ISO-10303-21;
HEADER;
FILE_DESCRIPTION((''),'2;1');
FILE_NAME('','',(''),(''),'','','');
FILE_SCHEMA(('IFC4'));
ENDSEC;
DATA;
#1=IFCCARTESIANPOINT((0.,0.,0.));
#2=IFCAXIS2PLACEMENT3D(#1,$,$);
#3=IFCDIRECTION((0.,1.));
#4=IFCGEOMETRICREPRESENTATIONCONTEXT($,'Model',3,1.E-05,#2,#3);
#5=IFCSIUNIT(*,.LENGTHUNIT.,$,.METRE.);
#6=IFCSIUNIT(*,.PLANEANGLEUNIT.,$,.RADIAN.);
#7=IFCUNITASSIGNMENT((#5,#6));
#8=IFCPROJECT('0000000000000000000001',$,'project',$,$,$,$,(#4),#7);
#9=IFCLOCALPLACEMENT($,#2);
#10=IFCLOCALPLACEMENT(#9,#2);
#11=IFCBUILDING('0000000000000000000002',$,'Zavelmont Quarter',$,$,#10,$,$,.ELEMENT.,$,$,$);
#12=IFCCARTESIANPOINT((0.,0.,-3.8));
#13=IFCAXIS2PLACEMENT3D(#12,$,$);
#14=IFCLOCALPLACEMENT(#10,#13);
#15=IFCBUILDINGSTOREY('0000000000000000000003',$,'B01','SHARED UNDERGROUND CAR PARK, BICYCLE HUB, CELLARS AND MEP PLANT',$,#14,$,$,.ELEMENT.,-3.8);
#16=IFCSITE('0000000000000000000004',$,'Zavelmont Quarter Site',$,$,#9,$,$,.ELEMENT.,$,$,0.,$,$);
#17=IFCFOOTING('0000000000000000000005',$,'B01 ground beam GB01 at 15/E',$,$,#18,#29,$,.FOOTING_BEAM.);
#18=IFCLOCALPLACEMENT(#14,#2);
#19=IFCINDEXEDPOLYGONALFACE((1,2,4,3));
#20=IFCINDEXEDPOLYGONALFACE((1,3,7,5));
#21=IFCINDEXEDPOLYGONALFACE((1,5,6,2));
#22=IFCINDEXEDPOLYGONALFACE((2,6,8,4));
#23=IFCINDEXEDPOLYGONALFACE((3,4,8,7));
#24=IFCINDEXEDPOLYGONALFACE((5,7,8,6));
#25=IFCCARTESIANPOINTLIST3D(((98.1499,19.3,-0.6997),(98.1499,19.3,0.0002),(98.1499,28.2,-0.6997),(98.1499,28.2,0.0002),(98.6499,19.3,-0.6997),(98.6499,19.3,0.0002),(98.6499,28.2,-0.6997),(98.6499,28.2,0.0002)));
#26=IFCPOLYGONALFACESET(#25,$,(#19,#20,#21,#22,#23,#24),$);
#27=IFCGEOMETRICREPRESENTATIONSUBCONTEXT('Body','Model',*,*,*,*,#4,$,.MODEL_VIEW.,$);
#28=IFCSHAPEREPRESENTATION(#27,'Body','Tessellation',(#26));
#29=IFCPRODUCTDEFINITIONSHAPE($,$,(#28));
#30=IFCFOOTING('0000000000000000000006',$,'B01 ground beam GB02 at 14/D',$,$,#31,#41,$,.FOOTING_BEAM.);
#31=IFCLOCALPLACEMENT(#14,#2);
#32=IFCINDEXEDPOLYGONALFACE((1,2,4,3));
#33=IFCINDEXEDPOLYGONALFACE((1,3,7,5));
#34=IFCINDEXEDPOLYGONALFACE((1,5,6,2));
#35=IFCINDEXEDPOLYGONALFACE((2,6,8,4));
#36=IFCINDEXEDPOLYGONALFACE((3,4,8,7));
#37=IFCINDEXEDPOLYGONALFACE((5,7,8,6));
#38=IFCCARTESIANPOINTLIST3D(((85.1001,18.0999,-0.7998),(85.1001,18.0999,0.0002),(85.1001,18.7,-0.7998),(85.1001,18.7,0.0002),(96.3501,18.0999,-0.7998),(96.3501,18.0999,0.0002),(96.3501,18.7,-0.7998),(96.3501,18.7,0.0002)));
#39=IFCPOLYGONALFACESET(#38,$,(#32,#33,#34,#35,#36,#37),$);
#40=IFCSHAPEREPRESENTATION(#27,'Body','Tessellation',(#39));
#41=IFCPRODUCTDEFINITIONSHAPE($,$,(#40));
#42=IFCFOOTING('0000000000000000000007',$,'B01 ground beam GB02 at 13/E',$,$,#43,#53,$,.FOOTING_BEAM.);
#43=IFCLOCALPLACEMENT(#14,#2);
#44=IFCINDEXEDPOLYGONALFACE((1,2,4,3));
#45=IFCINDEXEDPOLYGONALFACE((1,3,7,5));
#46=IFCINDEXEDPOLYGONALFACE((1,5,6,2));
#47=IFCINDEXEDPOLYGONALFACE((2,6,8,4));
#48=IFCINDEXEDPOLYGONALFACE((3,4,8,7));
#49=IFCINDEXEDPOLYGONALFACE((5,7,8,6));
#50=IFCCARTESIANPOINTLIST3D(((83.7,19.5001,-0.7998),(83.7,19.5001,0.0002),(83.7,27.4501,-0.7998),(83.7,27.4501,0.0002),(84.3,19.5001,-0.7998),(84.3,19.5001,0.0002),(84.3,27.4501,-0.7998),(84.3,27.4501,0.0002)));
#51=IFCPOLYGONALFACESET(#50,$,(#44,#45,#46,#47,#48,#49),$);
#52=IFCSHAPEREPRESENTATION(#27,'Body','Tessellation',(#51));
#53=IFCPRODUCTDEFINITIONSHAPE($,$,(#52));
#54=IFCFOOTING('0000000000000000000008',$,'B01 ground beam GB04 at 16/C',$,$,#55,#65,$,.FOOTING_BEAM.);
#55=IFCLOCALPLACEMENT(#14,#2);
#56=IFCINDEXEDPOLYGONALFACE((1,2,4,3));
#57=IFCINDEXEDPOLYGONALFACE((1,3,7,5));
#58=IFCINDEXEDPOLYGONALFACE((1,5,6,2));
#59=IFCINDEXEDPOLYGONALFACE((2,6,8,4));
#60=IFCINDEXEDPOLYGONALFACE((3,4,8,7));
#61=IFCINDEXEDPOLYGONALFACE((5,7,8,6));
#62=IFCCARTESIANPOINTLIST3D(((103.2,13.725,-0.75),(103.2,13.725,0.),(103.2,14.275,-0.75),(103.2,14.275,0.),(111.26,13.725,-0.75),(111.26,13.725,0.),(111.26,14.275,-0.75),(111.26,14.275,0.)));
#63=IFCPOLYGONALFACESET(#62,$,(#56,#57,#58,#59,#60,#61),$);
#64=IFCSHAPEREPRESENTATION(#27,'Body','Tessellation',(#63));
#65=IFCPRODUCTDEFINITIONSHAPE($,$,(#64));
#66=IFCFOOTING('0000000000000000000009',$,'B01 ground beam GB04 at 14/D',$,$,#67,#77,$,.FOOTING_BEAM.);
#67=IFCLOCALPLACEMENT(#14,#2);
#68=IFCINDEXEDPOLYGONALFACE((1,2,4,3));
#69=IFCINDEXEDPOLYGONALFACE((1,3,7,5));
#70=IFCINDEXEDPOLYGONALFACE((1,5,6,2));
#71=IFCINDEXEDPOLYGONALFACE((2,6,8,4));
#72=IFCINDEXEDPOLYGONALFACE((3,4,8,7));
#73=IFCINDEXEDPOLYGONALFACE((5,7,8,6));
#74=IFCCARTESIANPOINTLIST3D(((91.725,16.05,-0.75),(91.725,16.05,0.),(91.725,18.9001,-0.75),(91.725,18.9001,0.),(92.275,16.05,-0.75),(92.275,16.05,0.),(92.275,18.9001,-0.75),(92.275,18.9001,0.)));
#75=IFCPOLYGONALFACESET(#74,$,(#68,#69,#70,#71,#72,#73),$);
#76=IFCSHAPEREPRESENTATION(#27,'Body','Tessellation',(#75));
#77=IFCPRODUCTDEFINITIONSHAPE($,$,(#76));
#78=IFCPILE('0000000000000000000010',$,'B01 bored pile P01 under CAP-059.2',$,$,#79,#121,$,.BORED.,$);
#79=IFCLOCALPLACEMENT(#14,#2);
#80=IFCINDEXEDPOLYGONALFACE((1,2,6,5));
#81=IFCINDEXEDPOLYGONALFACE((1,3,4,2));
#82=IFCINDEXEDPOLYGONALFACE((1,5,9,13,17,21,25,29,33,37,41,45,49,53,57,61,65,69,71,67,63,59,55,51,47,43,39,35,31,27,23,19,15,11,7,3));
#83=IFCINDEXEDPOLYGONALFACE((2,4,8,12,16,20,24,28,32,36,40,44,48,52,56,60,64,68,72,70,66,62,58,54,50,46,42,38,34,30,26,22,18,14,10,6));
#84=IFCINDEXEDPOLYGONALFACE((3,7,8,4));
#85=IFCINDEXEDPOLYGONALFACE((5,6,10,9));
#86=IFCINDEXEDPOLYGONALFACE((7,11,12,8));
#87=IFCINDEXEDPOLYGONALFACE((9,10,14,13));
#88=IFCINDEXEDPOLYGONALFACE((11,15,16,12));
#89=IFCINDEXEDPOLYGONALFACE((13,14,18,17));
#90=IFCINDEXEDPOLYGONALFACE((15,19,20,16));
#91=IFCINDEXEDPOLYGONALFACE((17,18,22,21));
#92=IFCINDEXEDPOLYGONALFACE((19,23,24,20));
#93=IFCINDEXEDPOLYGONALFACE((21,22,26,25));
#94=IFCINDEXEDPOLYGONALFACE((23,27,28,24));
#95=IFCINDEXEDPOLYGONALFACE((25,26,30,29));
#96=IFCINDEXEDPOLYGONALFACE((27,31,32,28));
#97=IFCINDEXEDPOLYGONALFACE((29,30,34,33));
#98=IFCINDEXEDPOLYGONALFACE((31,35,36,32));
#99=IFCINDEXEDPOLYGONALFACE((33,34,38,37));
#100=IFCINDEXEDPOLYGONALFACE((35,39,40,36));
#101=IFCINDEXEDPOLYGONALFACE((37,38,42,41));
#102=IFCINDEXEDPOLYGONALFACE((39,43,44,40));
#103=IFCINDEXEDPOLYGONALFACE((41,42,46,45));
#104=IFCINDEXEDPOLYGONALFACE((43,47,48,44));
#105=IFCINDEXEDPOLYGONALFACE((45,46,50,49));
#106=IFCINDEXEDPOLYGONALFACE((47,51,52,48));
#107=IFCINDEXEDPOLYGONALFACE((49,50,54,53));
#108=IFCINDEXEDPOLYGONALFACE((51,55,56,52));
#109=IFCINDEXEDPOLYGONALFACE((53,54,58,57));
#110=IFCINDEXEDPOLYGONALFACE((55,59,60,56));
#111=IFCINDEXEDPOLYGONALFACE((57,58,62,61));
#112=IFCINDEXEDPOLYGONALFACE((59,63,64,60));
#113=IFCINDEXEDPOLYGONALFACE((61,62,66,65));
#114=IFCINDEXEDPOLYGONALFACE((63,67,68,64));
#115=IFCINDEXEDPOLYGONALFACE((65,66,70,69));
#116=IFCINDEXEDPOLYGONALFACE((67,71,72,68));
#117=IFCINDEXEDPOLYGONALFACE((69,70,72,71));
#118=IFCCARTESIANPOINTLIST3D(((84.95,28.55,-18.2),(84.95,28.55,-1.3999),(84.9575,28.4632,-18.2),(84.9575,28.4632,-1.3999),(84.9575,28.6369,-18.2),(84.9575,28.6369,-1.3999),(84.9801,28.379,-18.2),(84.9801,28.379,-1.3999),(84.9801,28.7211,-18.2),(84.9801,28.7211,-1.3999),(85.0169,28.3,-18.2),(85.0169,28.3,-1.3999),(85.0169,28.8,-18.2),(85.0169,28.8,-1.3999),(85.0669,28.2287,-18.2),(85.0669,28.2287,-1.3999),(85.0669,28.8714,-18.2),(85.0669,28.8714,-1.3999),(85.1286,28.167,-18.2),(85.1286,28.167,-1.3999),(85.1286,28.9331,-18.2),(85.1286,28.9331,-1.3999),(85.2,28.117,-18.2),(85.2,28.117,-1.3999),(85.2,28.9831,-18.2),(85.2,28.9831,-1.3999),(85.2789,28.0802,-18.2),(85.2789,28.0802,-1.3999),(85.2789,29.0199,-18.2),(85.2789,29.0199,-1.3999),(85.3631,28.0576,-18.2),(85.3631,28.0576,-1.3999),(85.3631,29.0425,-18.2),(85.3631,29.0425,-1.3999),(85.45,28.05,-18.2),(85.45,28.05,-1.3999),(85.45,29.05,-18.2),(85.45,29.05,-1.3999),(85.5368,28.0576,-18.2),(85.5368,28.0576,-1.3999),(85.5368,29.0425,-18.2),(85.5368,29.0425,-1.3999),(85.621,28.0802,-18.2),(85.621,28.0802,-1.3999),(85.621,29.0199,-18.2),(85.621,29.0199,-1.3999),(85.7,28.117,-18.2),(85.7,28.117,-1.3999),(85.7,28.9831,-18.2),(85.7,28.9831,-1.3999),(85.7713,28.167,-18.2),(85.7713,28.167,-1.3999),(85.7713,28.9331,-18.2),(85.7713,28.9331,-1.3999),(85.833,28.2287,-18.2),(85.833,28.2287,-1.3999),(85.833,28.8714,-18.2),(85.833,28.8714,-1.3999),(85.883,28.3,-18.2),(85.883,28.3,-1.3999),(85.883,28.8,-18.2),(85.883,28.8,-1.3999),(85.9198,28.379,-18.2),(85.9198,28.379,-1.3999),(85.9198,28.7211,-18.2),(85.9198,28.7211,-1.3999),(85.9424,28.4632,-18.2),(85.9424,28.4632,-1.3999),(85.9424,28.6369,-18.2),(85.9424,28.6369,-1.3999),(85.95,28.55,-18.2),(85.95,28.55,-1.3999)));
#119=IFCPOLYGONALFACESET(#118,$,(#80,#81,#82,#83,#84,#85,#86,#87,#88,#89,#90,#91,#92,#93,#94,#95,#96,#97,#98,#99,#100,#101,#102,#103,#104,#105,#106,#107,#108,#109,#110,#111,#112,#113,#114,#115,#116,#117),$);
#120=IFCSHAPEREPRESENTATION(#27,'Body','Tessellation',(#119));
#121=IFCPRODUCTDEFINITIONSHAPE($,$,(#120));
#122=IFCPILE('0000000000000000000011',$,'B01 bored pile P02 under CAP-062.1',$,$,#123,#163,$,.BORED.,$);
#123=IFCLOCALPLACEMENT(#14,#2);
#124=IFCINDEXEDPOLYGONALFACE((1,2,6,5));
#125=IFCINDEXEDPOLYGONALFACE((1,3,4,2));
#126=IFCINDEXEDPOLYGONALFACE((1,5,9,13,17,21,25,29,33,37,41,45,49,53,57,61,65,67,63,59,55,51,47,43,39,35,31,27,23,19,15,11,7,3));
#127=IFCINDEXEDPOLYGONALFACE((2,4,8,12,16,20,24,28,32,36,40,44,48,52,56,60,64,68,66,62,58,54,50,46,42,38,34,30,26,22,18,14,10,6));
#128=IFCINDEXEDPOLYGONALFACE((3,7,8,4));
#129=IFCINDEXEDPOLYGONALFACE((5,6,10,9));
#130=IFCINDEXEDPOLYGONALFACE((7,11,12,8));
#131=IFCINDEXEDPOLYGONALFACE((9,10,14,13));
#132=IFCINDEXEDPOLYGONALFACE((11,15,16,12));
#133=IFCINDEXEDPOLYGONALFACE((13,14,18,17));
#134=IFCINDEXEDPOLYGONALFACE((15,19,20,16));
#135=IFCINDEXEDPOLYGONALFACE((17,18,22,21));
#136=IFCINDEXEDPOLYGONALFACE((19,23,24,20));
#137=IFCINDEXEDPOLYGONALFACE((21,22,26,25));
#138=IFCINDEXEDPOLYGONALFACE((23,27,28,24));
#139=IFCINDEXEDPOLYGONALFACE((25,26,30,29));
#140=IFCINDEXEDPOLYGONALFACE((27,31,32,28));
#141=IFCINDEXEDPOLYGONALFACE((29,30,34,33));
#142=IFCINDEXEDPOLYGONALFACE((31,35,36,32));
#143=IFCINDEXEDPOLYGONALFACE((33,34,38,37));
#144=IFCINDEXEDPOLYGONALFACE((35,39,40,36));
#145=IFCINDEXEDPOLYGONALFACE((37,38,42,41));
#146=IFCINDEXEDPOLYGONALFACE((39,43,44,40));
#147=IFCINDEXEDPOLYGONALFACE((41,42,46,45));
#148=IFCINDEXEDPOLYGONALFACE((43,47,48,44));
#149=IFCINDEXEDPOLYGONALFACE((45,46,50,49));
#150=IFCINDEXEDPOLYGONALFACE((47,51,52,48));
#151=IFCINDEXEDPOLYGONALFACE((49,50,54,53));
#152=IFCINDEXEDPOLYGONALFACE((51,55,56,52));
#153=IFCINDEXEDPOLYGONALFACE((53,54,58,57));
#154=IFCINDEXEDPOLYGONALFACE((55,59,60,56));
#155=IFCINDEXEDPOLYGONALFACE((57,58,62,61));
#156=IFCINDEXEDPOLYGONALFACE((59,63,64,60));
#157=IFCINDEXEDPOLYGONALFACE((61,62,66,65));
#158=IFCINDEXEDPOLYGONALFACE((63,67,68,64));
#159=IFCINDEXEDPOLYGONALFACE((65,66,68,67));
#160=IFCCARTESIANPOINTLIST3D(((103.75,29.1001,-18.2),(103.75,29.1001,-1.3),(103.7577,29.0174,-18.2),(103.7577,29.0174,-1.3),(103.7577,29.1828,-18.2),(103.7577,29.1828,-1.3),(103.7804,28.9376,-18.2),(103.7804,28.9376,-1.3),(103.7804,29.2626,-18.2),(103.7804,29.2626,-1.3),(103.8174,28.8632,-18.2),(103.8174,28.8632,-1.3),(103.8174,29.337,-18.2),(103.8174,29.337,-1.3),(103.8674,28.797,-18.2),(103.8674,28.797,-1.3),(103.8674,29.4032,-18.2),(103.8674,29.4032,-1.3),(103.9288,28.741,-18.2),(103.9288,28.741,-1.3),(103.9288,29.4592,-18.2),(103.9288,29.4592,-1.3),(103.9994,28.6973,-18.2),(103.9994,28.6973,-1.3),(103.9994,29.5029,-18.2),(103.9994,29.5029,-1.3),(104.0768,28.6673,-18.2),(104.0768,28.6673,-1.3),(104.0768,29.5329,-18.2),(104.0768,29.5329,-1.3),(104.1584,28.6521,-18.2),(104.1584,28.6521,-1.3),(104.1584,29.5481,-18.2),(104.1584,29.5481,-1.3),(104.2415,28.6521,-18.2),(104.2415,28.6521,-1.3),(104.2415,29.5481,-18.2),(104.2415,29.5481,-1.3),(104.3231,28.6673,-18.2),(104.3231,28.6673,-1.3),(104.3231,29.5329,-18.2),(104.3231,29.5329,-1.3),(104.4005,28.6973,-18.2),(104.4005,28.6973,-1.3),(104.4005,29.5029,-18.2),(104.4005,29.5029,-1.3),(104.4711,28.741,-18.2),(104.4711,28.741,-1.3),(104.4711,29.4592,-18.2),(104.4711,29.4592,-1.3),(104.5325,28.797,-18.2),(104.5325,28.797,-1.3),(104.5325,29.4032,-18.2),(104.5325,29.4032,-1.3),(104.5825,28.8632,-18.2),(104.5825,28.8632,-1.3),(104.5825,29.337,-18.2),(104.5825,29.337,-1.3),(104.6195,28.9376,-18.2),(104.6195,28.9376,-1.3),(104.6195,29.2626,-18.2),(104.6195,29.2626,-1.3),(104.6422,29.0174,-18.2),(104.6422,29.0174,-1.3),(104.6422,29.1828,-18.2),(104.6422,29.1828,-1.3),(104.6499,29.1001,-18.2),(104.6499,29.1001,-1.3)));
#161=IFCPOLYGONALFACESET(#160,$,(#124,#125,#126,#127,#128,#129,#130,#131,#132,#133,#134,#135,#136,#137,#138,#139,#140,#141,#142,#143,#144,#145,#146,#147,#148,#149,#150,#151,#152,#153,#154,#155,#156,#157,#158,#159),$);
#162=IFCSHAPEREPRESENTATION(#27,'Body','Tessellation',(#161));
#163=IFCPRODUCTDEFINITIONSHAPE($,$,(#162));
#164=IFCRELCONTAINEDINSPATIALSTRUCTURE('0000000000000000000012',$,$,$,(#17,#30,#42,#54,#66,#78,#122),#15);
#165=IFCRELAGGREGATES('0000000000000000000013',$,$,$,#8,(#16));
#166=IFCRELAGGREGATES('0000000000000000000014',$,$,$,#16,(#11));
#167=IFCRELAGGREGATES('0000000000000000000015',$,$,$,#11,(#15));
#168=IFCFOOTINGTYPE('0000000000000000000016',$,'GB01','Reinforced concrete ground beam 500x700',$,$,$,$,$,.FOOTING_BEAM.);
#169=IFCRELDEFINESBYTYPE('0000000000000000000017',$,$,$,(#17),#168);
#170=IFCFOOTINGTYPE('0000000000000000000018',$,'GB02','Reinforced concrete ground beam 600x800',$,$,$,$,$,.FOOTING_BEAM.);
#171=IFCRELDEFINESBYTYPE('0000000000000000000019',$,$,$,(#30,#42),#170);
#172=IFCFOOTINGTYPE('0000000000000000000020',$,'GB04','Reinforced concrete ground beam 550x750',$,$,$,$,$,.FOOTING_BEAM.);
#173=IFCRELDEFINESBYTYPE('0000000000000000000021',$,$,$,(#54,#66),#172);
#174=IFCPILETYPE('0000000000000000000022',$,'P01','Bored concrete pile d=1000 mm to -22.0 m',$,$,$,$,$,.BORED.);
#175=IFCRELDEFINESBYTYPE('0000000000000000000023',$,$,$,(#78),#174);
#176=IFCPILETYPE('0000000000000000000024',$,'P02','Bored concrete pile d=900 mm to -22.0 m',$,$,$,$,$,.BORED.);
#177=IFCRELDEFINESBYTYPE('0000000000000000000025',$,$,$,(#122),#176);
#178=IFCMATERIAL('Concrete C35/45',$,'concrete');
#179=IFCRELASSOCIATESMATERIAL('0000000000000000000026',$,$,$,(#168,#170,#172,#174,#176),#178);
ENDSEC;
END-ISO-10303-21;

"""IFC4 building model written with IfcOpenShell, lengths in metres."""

from ifc_helpers import new_model, si_unit, direction, frame, origin, origin_2d, place, context, subcontext, project, spatial, rectangle, circle, extrude, material, material_profile, profile_set, type_object, element, save


model = new_model("IFC4")

# Units and contexts
model_context = context("Model", 3, precision=1e-05, world=origin(), true_north=direction((0.0, 1.0)))
body_context = subcontext(model_context, "Body", "Model", "MODEL_VIEW")
ifc_project = project(units=[si_unit("LENGTHUNIT", "METRE"), si_unit("PLANEANGLEUNIT", "RADIAN")], contexts=[model_context])

# Site, building, storey
site_placement = place(None, origin())
site = spatial("IfcSite", under=ifc_project, at=site_placement, Name="Zavelmont Quarter Site", CompositionType="ELEMENT", RefElevation=0.0)
building_placement = place(site_placement, origin())
building = spatial("IfcBuilding", under=site, at=building_placement, Name="Zavelmont Quarter", CompositionType="ELEMENT")
storey_placement = place(building_placement, frame((0.0, 0.0, -3.8)))
storey = spatial("IfcBuildingStorey", under=building, at=storey_placement, Name="B01", Description="SHARED UNDERGROUND CAR PARK, BICYCLE HUB, CELLARS AND MEP PLANT", CompositionType="ELEMENT", Elevation=-3.8)

# Footings
ifc_material_1 = material(Name="Concrete C35/45", Category="concrete")
footing_type_1 = type_object("IfcFootingType", Name="GB01", Description="Reinforced concrete ground beam 500x700", PredefinedType="FOOTING_BEAM", material=ifc_material_1)
footing_1_placement = place(storey_placement, frame((98.3999, 23.75, -0.6997), z_axis=(0.0, 0.0, 1.0), x_axis=(0.0, 1.0, 0.0)))
element("IfcFooting", 1, at=footing_1_placement, inside=storey, type_object=footing_type_1, Name="B01 ground beam GB01 at 15/E", PredefinedType="FOOTING_BEAM", context=body_context, shape_type="SweptSolid", body=[
    extrude(rectangle(XDim=8.8999, YDim=0.5, at=origin_2d()), origin(), (0.0, 0.0, 1.0), 0.7),
])
footing_type_2 = type_object("IfcFootingType", Name="GB02", Description="Reinforced concrete ground beam 600x800", PredefinedType="FOOTING_BEAM", material=ifc_material_1)
footing_2_placement = place(storey_placement, frame((90.7251, 18.3999, -0.7998), z_axis=(0.0, 0.0, 1.0), x_axis=(1.0, 0.0, 0.0)))
element("IfcFooting", 2, at=footing_2_placement, inside=storey, type_object=footing_type_2, Name="B01 ground beam GB02 at 14/D", PredefinedType="FOOTING_BEAM", context=body_context, shape_type="SweptSolid", body=[
    extrude(rectangle(XDim=11.25, YDim=0.6001, at=origin_2d()), origin(), (0.0, 0.0, 1.0), 0.8),
])
footing_3_placement = place(storey_placement, frame((84.0, 23.4751, -0.7998), z_axis=(0.0, 0.0, 1.0), x_axis=(0.0, 1.0, 0.0)))
element("IfcFooting", 3, at=footing_3_placement, inside=storey, type_object=footing_type_2, Name="B01 ground beam GB02 at 13/E", PredefinedType="FOOTING_BEAM", context=body_context, shape_type="SweptSolid", body=[
    extrude(rectangle(XDim=7.95, YDim=0.6001, at=origin_2d()), origin(), (0.0, 0.0, 1.0), 0.8),
])
footing_type_3 = type_object("IfcFootingType", Name="GB04", Description="Reinforced concrete ground beam 550x750", PredefinedType="FOOTING_BEAM", material=ifc_material_1)
footing_4_placement = place(storey_placement, frame((107.23, 14.0, -0.75), z_axis=(0.0, 0.0, 1.0), x_axis=(1.0, 0.0, 0.0)))
element("IfcFooting", 4, at=footing_4_placement, inside=storey, type_object=footing_type_3, Name="B01 ground beam GB04 at 16/C", PredefinedType="FOOTING_BEAM", context=body_context, shape_type="SweptSolid", body=[
    extrude(rectangle(XDim=8.0601, YDim=0.55, at=origin_2d()), origin(), (0.0, 0.0, 1.0), 0.75),
])
footing_5_placement = place(storey_placement, frame((92.0, 17.4751, -0.75), z_axis=(0.0, 0.0, 1.0), x_axis=(0.0, 1.0, 0.0)))
element("IfcFooting", 5, at=footing_5_placement, inside=storey, type_object=footing_type_3, Name="B01 ground beam GB04 at 14/D", PredefinedType="FOOTING_BEAM", context=body_context, shape_type="SweptSolid", body=[
    extrude(rectangle(XDim=2.8501, YDim=0.55, at=origin_2d()), origin(), (0.0, 0.0, 1.0), 0.75),
])

# Piles
ifc_material_profile_1 = material_profile(ifc_material_1, circle(Radius=0.5, at=origin_2d()), Name="BP1000")
ifc_profile_set_1 = profile_set([ifc_material_profile_1], Name="Concrete C35/45")
pile_type_1 = type_object("IfcPileType", Name="P01", Description="Bored concrete pile d=1000 mm to -22.0 m", PredefinedType="BORED", material=ifc_profile_set_1)
pile_placement = place(storey_placement, frame((85.45, 28.55, -1.3999), z_axis=(0.0, 0.0, -1.0), x_axis=(1.0, 0.0, 0.0)))
element("IfcPile", 6, at=pile_placement, inside=storey, type_object=pile_type_1, Name="B01 bored pile P01 under CAP-059.2", PredefinedType="BORED", context=body_context, shape_type="SweptSolid", body=[
    extrude(circle(Radius=0.5, at=origin_2d()), origin(), (0.0, 0.0, 1.0), 16.8),
])
ifc_material_profile_2 = material_profile(ifc_material_1, circle(Radius=0.45, at=origin_2d()), Name="BP900")
ifc_profile_set_2 = profile_set([ifc_material_profile_2], Name="Concrete C35/45")
pile_type_2 = type_object("IfcPileType", Name="P02", Description="Bored concrete pile d=900 mm to -22.0 m", PredefinedType="BORED", material=ifc_profile_set_2)
for number, where, z_axis, x_axis, name in (
    (7, (104.2, 29.1001, -1.3), (0.0, 0.0, -1.0), (1.0, 0.0, 0.0), "B01 bored pile P02 under CAP-062.1"),
):
    element("IfcPile", number, at=place(storey_placement, frame(where, z_axis=z_axis, x_axis=x_axis)), inside=storey, type_object=pile_type_2, Name=name, PredefinedType="BORED", context=body_context, shape_type="SweptSolid", body=[
        extrude(circle(Radius=0.45, at=origin_2d()), origin(), (0.0, 0.0, 1.0), 16.8999),
    ])

save(model, "model.ifc")
